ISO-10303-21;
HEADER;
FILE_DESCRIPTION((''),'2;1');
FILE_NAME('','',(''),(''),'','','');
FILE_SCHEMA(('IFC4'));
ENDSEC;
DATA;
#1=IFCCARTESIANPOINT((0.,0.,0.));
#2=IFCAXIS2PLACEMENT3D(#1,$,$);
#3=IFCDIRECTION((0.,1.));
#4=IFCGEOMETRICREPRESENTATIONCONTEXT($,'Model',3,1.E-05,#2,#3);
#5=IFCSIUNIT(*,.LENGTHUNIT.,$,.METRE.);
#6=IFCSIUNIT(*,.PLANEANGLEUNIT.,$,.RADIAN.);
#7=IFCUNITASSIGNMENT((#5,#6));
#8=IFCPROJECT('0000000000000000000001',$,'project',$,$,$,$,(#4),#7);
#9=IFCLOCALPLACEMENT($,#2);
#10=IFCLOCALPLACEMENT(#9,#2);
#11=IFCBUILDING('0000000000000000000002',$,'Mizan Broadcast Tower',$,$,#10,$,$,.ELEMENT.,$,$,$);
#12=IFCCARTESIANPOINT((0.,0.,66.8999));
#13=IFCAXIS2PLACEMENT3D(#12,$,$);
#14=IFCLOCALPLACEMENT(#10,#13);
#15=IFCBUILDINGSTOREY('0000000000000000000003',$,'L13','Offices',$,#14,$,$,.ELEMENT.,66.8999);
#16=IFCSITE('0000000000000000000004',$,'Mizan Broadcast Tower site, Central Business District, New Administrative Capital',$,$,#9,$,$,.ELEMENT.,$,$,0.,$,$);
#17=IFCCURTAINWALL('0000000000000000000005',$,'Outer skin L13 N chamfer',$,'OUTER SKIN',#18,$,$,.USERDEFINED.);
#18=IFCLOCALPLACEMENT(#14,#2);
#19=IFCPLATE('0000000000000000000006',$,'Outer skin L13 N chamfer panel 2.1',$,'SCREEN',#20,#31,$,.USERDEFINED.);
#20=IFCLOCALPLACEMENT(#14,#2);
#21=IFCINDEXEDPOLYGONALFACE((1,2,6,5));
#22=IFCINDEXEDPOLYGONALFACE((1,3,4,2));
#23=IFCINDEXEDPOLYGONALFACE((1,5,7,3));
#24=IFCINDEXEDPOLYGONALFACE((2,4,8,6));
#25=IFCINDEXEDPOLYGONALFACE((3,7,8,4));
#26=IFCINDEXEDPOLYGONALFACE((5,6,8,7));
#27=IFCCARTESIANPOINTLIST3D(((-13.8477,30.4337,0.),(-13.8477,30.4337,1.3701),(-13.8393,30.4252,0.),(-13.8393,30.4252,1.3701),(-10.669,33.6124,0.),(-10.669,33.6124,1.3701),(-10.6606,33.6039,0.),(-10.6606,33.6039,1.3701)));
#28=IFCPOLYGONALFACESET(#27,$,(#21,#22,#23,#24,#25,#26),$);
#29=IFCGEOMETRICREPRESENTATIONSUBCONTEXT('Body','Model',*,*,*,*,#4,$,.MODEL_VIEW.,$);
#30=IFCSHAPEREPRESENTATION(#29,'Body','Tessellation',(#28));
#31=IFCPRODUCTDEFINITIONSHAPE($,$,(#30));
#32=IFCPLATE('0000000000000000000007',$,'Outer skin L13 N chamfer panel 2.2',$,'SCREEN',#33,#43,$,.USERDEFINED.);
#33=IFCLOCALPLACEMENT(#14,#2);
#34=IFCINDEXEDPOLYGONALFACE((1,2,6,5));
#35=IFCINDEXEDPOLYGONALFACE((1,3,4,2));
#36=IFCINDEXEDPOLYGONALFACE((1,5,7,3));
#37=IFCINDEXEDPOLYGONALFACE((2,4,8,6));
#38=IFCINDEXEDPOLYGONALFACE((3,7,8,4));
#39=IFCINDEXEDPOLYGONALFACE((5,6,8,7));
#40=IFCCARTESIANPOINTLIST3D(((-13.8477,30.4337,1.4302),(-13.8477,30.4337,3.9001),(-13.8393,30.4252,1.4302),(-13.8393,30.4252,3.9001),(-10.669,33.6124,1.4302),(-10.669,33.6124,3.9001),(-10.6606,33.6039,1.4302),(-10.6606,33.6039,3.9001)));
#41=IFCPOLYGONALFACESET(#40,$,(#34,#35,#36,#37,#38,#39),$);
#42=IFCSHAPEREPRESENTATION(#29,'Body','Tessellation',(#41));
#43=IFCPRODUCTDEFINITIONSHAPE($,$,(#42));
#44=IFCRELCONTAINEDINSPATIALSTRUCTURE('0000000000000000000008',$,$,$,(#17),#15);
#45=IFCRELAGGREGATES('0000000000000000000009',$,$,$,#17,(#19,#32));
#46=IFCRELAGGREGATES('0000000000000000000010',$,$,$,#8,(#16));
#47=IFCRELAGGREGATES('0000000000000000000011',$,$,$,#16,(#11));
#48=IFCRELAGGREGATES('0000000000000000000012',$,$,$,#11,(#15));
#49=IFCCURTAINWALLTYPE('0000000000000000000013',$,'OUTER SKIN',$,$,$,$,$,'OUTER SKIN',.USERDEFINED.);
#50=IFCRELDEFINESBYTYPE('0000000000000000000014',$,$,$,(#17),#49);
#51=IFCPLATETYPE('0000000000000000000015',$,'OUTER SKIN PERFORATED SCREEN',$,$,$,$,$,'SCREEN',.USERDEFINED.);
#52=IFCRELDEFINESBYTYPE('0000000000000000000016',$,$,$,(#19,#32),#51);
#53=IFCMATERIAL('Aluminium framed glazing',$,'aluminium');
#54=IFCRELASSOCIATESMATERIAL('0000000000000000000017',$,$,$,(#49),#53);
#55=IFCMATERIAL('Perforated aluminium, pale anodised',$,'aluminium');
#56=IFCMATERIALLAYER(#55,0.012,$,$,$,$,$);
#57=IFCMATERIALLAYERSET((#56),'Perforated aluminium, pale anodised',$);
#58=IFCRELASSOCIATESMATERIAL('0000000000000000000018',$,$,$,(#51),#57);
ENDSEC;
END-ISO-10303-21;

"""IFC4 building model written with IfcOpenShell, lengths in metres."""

from ifc_helpers import new_model, si_unit, direction, frame, origin, origin_2d, place, context, subcontext, project, spatial, rectangle, extrude, material, layer, layer_set, type_object, element, aggregate, save


model = new_model("IFC4")

# Units and contexts
model_context = context("Model", 3, precision=1e-05, world=origin(), true_north=direction((0.0, 1.0)))
body_context = subcontext(model_context, "Body", "Model", "MODEL_VIEW")
ifc_project = project(units=[si_unit("LENGTHUNIT", "METRE"), si_unit("PLANEANGLEUNIT", "RADIAN")], contexts=[model_context])

# Site, building, storey
site_placement = place(None, origin())
site = spatial("IfcSite", under=ifc_project, at=site_placement, Name="Mizan Broadcast Tower site, Central Business District, New Administrative Capital", CompositionType="ELEMENT", RefElevation=0.0)
building_placement = place(site_placement, origin())
building = spatial("IfcBuilding", under=site, at=building_placement, Name="Mizan Broadcast Tower", CompositionType="ELEMENT")
storey_placement = place(building_placement, frame((0.0, 0.0, 66.8999)))
storey = spatial("IfcBuildingStorey", under=building, at=storey_placement, Name="L13", Description="Offices", CompositionType="ELEMENT", Elevation=66.8999)

# Curtain wall
ifc_material_1 = material(Name="Aluminium framed glazing", Category="aluminium")
curtain_wall_type_1 = type_object("IfcCurtainWallType", Name="OUTER SKIN", ElementType="OUTER SKIN", PredefinedType="USERDEFINED", material=ifc_material_1)
curtain_wall_1_placement = place(storey_placement, origin())
curtain_wall_1 = element("IfcCurtainWall", 1, at=curtain_wall_1_placement, inside=storey, type_object=curtain_wall_type_1, Name="Outer skin L13 N chamfer", ObjectType="OUTER SKIN", PredefinedType="USERDEFINED")

# Plates
ifc_material_2 = material(Name="Perforated aluminium, pale anodised", Category="aluminium")
ifc_layer_1 = layer(ifc_material_2, 0.012)
ifc_layer_set_1 = layer_set([ifc_layer_1], Name="Perforated aluminium, pale anodised")
plate_type_1 = type_object("IfcPlateType", Name="OUTER SKIN PERFORATED SCREEN", ElementType="SCREEN", PredefinedType="USERDEFINED", material=ifc_layer_set_1)
plate_1_placement = place(storey_placement, frame((-12.2542, 32.0188, 0.0), z_axis=(0.0, 0.0, 1.0), x_axis=(-0.707107, -0.707107, 0.0)))
plate_1 = element("IfcPlate", 2, at=plate_1_placement, type_object=plate_type_1, Name="Outer skin L13 N chamfer panel 2.1", ObjectType="SCREEN", PredefinedType="USERDEFINED", context=body_context, shape_type="SweptSolid", body=[
    extrude(rectangle(XDim=4.4954, YDim=0.012, at=origin_2d()), origin(), (0.0, 0.0, 1.0), 1.3701),
])
plate_2_placement = place(storey_placement, frame((-12.2542, 32.0188, 1.4302), z_axis=(0.0, 0.0, 1.0), x_axis=(-0.707107, -0.707107, 0.0)))
plate_2 = element("IfcPlate", 3, at=plate_2_placement, type_object=plate_type_1, Name="Outer skin L13 N chamfer panel 2.2", ObjectType="SCREEN", PredefinedType="USERDEFINED", context=body_context, shape_type="SweptSolid", body=[
    extrude(rectangle(XDim=4.4954, YDim=0.012, at=origin_2d()), origin(), (0.0, 0.0, 1.0), 2.47),
])
aggregate(curtain_wall_1, [plate_1, plate_2])

save(model, "model.ifc")
